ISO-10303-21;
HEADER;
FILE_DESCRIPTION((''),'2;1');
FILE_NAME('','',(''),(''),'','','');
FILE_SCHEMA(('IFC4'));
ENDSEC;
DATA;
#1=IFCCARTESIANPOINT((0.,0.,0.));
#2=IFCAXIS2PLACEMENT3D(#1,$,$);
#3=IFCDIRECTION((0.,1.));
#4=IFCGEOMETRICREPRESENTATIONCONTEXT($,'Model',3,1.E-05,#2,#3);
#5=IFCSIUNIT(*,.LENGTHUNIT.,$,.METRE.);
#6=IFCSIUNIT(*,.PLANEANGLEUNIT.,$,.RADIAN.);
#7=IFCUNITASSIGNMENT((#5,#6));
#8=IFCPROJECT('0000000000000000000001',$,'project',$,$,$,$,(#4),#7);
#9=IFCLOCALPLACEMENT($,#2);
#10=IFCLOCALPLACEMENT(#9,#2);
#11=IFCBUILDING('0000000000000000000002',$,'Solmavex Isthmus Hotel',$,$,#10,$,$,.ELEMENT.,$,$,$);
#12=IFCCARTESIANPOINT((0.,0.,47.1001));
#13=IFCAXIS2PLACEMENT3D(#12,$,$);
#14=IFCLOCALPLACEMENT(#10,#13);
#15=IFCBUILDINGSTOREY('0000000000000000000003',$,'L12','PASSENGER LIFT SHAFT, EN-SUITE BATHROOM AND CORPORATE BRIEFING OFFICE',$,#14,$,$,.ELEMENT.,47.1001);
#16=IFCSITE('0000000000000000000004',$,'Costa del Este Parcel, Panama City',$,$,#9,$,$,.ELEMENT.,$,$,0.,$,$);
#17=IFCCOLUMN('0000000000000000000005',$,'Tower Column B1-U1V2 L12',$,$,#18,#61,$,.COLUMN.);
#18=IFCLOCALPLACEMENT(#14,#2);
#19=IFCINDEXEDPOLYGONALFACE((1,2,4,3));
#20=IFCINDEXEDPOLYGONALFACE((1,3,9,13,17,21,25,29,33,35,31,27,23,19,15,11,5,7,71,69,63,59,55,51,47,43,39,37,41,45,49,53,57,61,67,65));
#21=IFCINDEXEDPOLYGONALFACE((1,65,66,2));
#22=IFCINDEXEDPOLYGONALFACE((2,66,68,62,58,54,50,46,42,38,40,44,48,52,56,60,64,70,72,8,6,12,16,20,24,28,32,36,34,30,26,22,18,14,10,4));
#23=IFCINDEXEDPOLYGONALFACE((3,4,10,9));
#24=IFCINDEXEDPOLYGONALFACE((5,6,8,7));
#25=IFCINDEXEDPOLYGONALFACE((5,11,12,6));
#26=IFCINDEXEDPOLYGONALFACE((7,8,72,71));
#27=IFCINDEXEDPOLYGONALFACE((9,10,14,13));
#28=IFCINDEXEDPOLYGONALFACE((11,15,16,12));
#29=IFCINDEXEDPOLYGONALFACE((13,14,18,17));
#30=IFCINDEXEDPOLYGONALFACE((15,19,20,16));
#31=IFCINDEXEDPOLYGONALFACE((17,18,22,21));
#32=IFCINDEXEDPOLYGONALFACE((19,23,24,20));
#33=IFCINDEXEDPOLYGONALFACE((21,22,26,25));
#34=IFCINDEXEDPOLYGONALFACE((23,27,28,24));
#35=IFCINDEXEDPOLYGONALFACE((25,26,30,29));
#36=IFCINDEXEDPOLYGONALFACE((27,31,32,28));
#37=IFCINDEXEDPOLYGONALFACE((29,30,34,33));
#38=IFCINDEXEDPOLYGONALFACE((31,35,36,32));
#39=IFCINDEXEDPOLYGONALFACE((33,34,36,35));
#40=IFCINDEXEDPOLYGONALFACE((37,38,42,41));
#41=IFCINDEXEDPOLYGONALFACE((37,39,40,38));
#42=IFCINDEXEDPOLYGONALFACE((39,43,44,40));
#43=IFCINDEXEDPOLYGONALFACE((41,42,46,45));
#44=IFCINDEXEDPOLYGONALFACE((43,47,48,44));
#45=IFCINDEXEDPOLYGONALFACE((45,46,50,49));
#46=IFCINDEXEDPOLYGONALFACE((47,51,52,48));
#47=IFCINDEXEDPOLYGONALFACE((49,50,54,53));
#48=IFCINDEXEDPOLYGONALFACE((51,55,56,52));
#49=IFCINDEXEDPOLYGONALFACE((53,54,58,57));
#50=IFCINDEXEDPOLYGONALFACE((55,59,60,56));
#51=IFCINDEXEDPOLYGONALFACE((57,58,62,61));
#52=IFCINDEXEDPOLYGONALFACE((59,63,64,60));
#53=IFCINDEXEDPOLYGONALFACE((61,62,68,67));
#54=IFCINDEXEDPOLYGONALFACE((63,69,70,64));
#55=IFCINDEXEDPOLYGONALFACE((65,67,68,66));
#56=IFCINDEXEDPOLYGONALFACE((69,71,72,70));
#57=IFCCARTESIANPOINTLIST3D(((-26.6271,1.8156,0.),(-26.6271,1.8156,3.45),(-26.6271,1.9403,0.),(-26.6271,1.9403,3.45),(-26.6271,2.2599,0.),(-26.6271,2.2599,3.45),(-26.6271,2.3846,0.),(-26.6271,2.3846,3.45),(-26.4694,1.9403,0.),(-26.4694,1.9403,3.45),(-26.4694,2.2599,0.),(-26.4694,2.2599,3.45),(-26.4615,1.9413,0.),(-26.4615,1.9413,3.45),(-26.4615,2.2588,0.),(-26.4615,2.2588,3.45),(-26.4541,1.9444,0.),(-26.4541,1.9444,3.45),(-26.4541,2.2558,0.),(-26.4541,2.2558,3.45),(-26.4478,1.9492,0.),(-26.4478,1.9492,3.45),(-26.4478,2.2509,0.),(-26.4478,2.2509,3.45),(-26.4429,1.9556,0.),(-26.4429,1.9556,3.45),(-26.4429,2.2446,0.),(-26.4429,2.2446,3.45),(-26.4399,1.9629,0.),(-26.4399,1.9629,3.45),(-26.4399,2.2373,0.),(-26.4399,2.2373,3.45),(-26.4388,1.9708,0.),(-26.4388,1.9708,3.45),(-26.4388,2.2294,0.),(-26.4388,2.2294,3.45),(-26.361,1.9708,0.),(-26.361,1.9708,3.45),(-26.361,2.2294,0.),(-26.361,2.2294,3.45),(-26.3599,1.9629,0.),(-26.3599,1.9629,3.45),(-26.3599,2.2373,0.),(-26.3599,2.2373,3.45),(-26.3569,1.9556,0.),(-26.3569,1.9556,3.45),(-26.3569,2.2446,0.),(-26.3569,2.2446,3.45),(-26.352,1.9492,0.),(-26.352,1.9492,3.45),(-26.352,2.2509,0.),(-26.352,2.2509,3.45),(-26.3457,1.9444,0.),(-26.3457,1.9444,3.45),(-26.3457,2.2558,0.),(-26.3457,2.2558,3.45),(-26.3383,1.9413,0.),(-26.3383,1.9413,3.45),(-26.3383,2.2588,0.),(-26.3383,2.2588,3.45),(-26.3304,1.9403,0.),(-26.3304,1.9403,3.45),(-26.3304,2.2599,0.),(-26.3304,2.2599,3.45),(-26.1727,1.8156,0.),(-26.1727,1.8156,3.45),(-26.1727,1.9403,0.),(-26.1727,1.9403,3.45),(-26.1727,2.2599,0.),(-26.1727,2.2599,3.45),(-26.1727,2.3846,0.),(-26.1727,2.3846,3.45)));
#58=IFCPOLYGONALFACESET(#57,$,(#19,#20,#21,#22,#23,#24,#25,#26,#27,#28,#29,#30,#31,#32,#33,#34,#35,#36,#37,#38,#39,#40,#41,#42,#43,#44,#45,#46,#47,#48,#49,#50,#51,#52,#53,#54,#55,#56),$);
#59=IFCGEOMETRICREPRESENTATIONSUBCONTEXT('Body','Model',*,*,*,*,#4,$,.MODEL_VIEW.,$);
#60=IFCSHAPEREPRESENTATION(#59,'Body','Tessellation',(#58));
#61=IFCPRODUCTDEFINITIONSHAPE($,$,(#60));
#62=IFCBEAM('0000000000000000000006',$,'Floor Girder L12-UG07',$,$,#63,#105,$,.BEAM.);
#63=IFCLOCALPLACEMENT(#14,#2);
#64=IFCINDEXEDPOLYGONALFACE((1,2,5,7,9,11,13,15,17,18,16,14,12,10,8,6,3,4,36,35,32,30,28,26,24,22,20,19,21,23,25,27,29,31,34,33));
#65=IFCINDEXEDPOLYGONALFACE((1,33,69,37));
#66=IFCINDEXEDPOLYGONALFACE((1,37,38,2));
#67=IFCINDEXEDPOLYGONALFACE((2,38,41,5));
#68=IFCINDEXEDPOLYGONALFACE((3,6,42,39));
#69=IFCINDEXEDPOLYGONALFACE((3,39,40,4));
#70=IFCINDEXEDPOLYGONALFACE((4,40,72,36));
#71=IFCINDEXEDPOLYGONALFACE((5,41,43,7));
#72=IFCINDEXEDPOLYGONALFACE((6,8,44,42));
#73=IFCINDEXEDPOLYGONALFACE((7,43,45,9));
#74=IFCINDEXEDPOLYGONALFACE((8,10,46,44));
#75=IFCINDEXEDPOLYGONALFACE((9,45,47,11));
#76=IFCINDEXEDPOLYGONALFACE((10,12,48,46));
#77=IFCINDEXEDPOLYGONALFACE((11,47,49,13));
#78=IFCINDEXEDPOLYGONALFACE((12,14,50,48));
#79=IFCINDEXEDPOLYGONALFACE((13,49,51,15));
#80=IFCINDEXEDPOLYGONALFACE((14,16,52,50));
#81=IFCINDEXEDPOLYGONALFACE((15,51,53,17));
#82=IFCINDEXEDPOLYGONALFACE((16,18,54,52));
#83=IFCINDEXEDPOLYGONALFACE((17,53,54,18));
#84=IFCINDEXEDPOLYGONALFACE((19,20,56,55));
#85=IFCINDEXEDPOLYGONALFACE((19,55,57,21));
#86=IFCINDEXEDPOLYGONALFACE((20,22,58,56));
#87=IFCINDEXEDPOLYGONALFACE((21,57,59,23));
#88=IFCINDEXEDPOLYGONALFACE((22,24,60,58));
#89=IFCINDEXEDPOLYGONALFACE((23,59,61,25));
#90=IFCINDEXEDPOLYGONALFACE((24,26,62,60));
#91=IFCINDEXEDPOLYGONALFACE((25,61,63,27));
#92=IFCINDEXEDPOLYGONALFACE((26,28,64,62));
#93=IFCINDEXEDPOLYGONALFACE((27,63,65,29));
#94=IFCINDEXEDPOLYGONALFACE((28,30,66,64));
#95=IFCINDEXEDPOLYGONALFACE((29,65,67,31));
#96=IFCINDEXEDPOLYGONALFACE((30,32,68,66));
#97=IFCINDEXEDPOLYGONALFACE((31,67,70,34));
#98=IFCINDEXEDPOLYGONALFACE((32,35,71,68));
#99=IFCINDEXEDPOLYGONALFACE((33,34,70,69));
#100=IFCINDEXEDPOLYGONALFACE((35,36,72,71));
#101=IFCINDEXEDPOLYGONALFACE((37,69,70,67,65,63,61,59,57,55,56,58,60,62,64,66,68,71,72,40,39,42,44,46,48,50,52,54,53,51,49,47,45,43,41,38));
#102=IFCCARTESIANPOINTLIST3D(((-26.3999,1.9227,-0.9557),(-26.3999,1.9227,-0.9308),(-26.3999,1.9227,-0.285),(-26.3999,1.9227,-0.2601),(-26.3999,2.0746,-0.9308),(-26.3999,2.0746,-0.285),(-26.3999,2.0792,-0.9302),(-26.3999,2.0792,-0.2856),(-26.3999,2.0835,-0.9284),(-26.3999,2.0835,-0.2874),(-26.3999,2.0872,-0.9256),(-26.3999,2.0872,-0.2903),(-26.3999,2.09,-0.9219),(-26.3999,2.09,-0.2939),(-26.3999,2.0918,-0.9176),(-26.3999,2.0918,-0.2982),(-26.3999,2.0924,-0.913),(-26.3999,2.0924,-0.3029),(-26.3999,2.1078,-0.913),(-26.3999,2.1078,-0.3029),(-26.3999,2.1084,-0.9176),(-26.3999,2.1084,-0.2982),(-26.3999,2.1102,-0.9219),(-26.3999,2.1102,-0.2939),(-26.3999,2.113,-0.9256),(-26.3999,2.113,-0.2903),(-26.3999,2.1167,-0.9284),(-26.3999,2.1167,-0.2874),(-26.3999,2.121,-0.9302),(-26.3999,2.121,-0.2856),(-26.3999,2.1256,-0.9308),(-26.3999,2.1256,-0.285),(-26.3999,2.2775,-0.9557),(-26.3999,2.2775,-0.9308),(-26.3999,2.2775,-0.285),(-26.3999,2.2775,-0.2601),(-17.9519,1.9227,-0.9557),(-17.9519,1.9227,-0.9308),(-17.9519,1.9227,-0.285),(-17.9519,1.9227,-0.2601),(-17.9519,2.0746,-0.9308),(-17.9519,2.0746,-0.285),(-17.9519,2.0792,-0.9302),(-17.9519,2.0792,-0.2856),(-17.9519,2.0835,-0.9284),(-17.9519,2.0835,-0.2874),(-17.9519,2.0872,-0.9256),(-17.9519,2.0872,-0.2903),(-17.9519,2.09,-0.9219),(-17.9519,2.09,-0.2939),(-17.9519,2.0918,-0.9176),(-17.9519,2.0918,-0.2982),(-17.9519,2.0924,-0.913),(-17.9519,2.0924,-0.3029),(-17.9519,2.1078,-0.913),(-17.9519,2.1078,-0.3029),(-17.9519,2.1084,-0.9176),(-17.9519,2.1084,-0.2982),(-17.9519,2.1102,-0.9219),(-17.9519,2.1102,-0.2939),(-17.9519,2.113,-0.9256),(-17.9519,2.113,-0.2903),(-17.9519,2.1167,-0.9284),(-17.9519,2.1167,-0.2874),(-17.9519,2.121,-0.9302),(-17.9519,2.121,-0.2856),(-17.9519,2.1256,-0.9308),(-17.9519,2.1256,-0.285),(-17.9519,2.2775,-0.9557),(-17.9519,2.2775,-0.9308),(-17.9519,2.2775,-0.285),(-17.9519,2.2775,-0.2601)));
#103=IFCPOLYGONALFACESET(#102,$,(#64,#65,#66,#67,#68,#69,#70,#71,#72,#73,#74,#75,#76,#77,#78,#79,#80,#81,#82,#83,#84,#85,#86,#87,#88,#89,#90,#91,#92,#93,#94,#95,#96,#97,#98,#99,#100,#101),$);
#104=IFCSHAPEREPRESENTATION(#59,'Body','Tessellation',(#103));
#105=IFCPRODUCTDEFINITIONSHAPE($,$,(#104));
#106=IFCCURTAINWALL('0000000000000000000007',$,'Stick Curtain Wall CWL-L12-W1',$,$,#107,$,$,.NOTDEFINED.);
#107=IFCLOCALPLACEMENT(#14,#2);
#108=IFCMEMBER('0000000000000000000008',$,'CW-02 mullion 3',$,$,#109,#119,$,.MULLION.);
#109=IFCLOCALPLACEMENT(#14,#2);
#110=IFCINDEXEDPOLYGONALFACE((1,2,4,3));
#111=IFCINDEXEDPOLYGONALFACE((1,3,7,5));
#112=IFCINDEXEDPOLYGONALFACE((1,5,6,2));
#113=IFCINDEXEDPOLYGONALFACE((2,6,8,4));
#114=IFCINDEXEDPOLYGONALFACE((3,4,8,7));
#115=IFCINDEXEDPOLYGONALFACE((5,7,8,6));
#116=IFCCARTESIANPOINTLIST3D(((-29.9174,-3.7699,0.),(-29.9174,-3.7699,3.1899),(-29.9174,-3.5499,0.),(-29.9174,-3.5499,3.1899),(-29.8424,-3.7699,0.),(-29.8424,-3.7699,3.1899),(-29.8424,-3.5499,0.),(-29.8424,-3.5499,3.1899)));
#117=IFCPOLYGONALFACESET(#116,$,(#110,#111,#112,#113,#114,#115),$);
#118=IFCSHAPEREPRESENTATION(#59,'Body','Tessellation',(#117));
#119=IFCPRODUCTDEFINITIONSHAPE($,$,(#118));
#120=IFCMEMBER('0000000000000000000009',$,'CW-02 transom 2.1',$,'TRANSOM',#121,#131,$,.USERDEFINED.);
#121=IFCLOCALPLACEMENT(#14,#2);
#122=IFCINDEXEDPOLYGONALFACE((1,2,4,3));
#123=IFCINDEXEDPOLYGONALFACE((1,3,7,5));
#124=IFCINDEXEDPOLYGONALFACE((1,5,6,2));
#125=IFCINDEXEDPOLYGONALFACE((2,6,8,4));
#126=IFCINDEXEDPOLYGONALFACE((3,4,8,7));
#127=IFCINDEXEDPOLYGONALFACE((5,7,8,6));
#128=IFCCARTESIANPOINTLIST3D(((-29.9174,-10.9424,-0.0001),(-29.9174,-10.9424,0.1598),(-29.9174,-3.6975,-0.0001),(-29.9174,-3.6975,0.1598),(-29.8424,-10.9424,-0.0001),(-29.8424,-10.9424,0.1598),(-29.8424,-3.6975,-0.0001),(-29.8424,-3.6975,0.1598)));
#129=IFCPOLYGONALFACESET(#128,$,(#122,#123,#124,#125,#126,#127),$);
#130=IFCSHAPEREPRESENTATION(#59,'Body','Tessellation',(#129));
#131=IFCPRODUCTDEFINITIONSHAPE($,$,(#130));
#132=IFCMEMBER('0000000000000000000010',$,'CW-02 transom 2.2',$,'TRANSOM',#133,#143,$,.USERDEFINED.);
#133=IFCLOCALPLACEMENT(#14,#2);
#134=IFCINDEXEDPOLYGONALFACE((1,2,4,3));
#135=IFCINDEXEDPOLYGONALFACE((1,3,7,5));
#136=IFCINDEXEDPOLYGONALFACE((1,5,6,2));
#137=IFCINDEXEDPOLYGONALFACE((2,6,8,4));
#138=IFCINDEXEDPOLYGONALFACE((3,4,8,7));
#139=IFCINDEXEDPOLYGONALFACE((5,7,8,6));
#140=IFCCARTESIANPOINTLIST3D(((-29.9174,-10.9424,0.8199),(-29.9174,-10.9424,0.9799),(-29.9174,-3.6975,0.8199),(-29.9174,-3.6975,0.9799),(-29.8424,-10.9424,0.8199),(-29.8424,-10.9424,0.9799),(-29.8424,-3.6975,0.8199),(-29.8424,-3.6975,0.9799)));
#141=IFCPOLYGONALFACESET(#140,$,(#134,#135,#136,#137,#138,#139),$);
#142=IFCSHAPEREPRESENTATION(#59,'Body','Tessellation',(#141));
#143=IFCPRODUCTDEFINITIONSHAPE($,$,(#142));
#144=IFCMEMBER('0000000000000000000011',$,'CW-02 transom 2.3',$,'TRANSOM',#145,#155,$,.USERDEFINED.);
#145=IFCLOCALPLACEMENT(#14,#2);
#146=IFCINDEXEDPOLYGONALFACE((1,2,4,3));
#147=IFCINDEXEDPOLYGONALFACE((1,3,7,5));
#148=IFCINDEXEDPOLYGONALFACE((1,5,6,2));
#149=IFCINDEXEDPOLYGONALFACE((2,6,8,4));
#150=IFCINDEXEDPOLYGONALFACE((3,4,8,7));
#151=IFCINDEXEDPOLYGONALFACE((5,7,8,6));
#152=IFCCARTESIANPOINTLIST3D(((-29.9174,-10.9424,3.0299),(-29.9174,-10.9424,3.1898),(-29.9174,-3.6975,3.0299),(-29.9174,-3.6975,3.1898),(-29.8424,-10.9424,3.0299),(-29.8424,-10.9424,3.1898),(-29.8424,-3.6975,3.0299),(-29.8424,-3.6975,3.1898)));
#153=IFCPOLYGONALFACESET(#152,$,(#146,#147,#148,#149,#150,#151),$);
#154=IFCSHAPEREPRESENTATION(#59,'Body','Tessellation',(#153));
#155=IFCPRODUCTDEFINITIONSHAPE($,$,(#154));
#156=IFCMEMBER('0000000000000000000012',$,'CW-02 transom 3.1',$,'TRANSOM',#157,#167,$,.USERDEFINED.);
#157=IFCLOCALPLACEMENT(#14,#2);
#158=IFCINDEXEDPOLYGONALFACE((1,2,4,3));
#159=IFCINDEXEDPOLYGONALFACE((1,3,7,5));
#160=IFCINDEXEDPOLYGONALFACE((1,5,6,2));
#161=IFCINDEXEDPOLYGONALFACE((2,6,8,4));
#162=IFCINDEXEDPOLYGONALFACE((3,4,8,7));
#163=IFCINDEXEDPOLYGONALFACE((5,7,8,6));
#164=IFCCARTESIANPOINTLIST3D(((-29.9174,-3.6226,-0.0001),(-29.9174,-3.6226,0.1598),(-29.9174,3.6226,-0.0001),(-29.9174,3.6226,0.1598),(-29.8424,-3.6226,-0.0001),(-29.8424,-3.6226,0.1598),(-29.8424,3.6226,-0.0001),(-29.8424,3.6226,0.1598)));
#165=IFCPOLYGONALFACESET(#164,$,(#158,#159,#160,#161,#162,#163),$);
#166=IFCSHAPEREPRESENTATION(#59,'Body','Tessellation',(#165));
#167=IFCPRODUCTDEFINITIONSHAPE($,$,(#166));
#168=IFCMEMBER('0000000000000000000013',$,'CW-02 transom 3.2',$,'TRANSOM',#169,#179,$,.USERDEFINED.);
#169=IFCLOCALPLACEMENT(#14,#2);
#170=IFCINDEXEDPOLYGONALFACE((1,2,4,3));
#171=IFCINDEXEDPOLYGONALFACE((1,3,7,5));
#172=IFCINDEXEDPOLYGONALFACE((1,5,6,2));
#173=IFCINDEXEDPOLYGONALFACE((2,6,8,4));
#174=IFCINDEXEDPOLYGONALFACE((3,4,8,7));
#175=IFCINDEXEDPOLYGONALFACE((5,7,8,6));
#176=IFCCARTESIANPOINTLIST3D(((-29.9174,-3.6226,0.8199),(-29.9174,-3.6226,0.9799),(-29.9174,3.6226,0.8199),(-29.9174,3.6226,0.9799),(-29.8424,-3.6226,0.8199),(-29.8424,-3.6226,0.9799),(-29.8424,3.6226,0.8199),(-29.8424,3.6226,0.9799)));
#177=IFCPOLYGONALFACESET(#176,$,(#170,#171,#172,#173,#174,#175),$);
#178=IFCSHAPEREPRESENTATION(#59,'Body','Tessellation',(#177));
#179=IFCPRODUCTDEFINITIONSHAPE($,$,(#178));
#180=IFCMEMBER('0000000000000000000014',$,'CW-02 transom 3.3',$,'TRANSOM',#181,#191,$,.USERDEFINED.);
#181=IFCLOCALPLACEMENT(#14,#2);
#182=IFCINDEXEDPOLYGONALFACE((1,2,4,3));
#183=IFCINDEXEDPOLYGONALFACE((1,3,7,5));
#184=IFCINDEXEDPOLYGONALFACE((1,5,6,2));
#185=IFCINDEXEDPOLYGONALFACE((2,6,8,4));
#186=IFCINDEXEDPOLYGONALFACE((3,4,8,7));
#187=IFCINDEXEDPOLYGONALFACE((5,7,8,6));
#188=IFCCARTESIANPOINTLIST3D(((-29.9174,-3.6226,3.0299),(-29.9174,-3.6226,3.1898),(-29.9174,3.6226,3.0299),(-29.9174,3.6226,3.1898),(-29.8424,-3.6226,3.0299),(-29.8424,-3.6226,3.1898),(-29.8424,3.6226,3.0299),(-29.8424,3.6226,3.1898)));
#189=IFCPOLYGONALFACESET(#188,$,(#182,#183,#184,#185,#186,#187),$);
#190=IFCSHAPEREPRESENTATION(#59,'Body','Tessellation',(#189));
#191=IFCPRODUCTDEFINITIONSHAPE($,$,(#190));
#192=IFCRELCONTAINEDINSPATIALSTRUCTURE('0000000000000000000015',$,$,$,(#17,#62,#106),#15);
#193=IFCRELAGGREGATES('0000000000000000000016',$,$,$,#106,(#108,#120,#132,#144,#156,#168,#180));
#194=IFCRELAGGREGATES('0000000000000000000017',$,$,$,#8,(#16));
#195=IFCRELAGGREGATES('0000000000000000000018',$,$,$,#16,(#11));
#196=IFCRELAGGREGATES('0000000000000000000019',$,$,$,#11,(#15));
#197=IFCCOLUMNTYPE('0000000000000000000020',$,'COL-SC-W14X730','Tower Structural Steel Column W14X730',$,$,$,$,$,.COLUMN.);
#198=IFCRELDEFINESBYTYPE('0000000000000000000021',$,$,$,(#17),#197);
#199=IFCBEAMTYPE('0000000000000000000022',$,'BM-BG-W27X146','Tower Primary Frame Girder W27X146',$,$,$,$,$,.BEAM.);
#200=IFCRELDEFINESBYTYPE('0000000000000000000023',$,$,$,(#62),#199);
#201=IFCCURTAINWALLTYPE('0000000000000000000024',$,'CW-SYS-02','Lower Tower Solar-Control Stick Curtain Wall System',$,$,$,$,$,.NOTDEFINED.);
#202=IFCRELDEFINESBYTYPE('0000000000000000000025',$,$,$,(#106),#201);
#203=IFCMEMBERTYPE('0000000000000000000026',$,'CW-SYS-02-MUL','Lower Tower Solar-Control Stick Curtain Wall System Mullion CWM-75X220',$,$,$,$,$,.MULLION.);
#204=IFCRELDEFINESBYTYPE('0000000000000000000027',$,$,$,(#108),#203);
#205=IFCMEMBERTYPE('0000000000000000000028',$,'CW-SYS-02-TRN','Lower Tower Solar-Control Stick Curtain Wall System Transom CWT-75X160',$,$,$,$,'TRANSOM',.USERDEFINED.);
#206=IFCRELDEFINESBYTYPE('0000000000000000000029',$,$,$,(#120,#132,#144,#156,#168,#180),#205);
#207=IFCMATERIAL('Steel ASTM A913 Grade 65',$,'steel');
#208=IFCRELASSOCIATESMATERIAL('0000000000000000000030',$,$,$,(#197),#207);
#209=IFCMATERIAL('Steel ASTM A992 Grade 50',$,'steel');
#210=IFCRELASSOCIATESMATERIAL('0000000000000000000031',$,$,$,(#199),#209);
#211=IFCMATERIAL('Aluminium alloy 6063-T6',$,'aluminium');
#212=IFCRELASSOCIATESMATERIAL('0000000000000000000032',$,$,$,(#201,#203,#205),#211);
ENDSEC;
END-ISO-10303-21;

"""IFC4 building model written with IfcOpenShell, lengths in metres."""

from ifc_helpers import new_model, si_unit, direction, frame, origin, origin_2d, place, context, subcontext, project, spatial, rectangle, i_section, extrude, material, material_profile, profile_set, type_object, element, aggregate, save


model = new_model("IFC4")

# Units and contexts
model_context = context("Model", 3, precision=1e-05, world=origin(), true_north=direction((0.0, 1.0)))
body_context = subcontext(model_context, "Body", "Model", "MODEL_VIEW")
ifc_project = project(units=[si_unit("LENGTHUNIT", "METRE"), si_unit("PLANEANGLEUNIT", "RADIAN")], contexts=[model_context])

# Site, building, storey
site_placement = place(None, origin())
site = spatial("IfcSite", under=ifc_project, at=site_placement, Name="Costa del Este Parcel, Panama City", CompositionType="ELEMENT", RefElevation=0.0)
building_placement = place(site_placement, origin())
building = spatial("IfcBuilding", under=site, at=building_placement, Name="Solmavex Isthmus Hotel", CompositionType="ELEMENT")
storey_placement = place(building_placement, frame((0.0, 0.0, 47.1001)))
storey = spatial("IfcBuildingStorey", under=building, at=storey_placement, Name="L12", Description="PASSENGER LIFT SHAFT, EN-SUITE BATHROOM AND CORPORATE BRIEFING OFFICE", CompositionType="ELEMENT", Elevation=47.1001)

# Column
ifc_material_1 = material(Name="Steel ASTM A913 Grade 65", Category="steel")
ifc_material_profile_1 = material_profile(ifc_material_1, i_section(OverallWidth=0.4543, OverallDepth=0.5691, WebThickness=0.0779, FlangeThickness=0.1248, FilletRadius=0.0305, at=origin_2d()), Name="W14X730")
ifc_profile_set_1 = profile_set([ifc_material_profile_1], Name="Steel ASTM A913 Grade 65")
column_type = type_object("IfcColumnType", Name="COL-SC-W14X730", Description="Tower Structural Steel Column W14X730", PredefinedType="COLUMN", material=ifc_profile_set_1)
column_placement = place(storey_placement, frame((-26.3999, 2.1001, 0.0), z_axis=(0.0, 0.0, 1.0), x_axis=(1.0, 0.0, 0.0)))
element("IfcColumn", 1, at=column_placement, inside=storey, type_object=column_type, Name="Tower Column B1-U1V2 L12", PredefinedType="COLUMN", context=body_context, shape_type="SweptSolid", body=[
    extrude(i_section(OverallWidth=0.4543, OverallDepth=0.5691, WebThickness=0.0779, FlangeThickness=0.1248, FilletRadius=0.0305, at=origin_2d()), origin(), (0.0, 0.0, 1.0), 3.45),
])

# Beam
ifc_material_2 = material(Name="Steel ASTM A992 Grade 50", Category="steel")
ifc_material_profile_2 = material_profile(ifc_material_2, i_section(OverallWidth=0.3547, OverallDepth=0.6956, WebThickness=0.0154, FlangeThickness=0.0249, FilletRadius=0.0178, at=origin_2d()), Name="W27X146")
ifc_profile_set_2 = profile_set([ifc_material_profile_2], Name="Steel ASTM A992 Grade 50")
beam_type = type_object("IfcBeamType", Name="BM-BG-W27X146", Description="Tower Primary Frame Girder W27X146", PredefinedType="BEAM", material=ifc_profile_set_2)
beam_placement = place(storey_placement, frame((-26.3999, 2.1001, -0.6079), z_axis=(1.0, 0.0, 0.0), x_axis=(0.0, 1.0, 0.0)))
element("IfcBeam", 2, at=beam_placement, inside=storey, type_object=beam_type, Name="Floor Girder L12-UG07", PredefinedType="BEAM", context=body_context, shape_type="SweptSolid", body=[
    extrude(i_section(OverallWidth=0.3547, OverallDepth=0.6956, WebThickness=0.0154, FlangeThickness=0.0249, FilletRadius=0.0178, at=origin_2d()), origin(), (0.0, 0.0, 1.0), 8.448),
])

# Curtain wall, members
ifc_material_3 = material(Name="Aluminium alloy 6063-T6", Category="aluminium")
curtain_wall_type = type_object("IfcCurtainWallType", Name="CW-SYS-02", Description="Lower Tower Solar-Control Stick Curtain Wall System", PredefinedType="NOTDEFINED", material=ifc_material_3)
curtain_wall_placement = place(storey_placement, origin())
curtain_wall = element("IfcCurtainWall", 3, at=curtain_wall_placement, inside=storey, type_object=curtain_wall_type, Name="Stick Curtain Wall CWL-L12-W1", PredefinedType="NOTDEFINED")
ifc_material_profile_3 = material_profile(ifc_material_3, rectangle(XDim=0.075, YDim=0.22, at=origin_2d()), Name="CWM-75X220")
ifc_profile_set_3 = profile_set([ifc_material_profile_3], Name="Aluminium alloy 6063-T6")
member_type_1 = type_object("IfcMemberType", Name="CW-SYS-02-MUL", Description="Lower Tower Solar-Control Stick Curtain Wall System Mullion CWM-75X220", PredefinedType="MULLION", material=ifc_profile_set_3)
member_1_placement = place(storey_placement, frame((-29.8799, -3.6599, 0.0), z_axis=(0.0, 0.0, 1.0), x_axis=(-1.0, 0.0, 0.0)))
member_1 = element("IfcMember", 4, at=member_1_placement, type_object=member_type_1, Name="CW-02 mullion 3", PredefinedType="MULLION", context=body_context, shape_type="SweptSolid", body=[
    extrude(rectangle(XDim=0.075, YDim=0.22, at=origin_2d()), origin(), (0.0, 0.0, 1.0), 3.1899),
])
ifc_material_profile_4 = material_profile(ifc_material_3, rectangle(XDim=0.075, YDim=0.1599, at=origin_2d()), Name="CWT-75X160")
ifc_profile_set_4 = profile_set([ifc_material_profile_4], Name="Aluminium alloy 6063-T6")
member_type_2 = type_object("IfcMemberType", Name="CW-SYS-02-TRN", Description="Lower Tower Solar-Control Stick Curtain Wall System Transom CWT-75X160", ElementType="TRANSOM", PredefinedType="USERDEFINED", material=ifc_profile_set_4)
member_2_placement = place(storey_placement, frame((-29.8799, -10.9424, 0.0798), z_axis=(0.0, 1.0, 0.0), x_axis=(-1.0, 0.0, 0.0)))
member_2 = element("IfcMember", 5, at=member_2_placement, type_object=member_type_2, Name="CW-02 transom 2.1", ObjectType="TRANSOM", PredefinedType="USERDEFINED", context=body_context, shape_type="SweptSolid", body=[
    extrude(rectangle(XDim=0.075, YDim=0.1599, at=origin_2d()), origin(), (0.0, 0.0, 1.0), 7.2449),
])
member_3_placement = place(storey_placement, frame((-29.8799, -10.9424, 0.8999), z_axis=(0.0, 1.0, 0.0), x_axis=(-1.0, 0.0, 0.0)))
member_3 = element("IfcMember", 6, at=member_3_placement, type_object=member_type_2, Name="CW-02 transom 2.2", ObjectType="TRANSOM", PredefinedType="USERDEFINED", context=body_context, shape_type="SweptSolid", body=[
    extrude(rectangle(XDim=0.075, YDim=0.1599, at=origin_2d()), origin(), (0.0, 0.0, 1.0), 7.2449),
])
member_4_placement = place(storey_placement, frame((-29.8799, -10.9424, 3.1099), z_axis=(0.0, 1.0, 0.0), x_axis=(-1.0, 0.0, 0.0)))
member_4 = element("IfcMember", 7, at=member_4_placement, type_object=member_type_2, Name="CW-02 transom 2.3", ObjectType="TRANSOM", PredefinedType="USERDEFINED", context=body_context, shape_type="SweptSolid", body=[
    extrude(rectangle(XDim=0.075, YDim=0.1599, at=origin_2d()), origin(), (0.0, 0.0, 1.0), 7.2449),
])
member_5_placement = place(storey_placement, frame((-29.8799, -3.6226, 0.0798), z_axis=(0.0, 1.0, 0.0), x_axis=(-1.0, 0.0, 0.0)))
member_5 = element("IfcMember", 8, at=member_5_placement, type_object=member_type_2, Name="CW-02 transom 3.1", ObjectType="TRANSOM", PredefinedType="USERDEFINED", context=body_context, shape_type="SweptSolid", body=[
    extrude(rectangle(XDim=0.075, YDim=0.1599, at=origin_2d()), origin(), (0.0, 0.0, 1.0), 7.2451),
])
member_6_placement = place(storey_placement, frame((-29.8799, -3.6226, 0.8999), z_axis=(0.0, 1.0, 0.0), x_axis=(-1.0, 0.0, 0.0)))
member_6 = element("IfcMember", 9, at=member_6_placement, type_object=member_type_2, Name="CW-02 transom 3.2", ObjectType="TRANSOM", PredefinedType="USERDEFINED", context=body_context, shape_type="SweptSolid", body=[
    extrude(rectangle(XDim=0.075, YDim=0.1599, at=origin_2d()), origin(), (0.0, 0.0, 1.0), 7.2451),
])
member_7_placement = place(storey_placement, frame((-29.8799, -3.6226, 3.1099), z_axis=(0.0, 1.0, 0.0), x_axis=(-1.0, 0.0, 0.0)))
member_7 = element("IfcMember", 10, at=member_7_placement, type_object=member_type_2, Name="CW-02 transom 3.3", ObjectType="TRANSOM", PredefinedType="USERDEFINED", context=body_context, shape_type="SweptSolid", body=[
    extrude(rectangle(XDim=0.075, YDim=0.1599, at=origin_2d()), origin(), (0.0, 0.0, 1.0), 7.2451),
])
aggregate(curtain_wall, [member_1, member_2, member_3, member_4, member_5, member_6, member_7])

save(model, "model.ifc")
